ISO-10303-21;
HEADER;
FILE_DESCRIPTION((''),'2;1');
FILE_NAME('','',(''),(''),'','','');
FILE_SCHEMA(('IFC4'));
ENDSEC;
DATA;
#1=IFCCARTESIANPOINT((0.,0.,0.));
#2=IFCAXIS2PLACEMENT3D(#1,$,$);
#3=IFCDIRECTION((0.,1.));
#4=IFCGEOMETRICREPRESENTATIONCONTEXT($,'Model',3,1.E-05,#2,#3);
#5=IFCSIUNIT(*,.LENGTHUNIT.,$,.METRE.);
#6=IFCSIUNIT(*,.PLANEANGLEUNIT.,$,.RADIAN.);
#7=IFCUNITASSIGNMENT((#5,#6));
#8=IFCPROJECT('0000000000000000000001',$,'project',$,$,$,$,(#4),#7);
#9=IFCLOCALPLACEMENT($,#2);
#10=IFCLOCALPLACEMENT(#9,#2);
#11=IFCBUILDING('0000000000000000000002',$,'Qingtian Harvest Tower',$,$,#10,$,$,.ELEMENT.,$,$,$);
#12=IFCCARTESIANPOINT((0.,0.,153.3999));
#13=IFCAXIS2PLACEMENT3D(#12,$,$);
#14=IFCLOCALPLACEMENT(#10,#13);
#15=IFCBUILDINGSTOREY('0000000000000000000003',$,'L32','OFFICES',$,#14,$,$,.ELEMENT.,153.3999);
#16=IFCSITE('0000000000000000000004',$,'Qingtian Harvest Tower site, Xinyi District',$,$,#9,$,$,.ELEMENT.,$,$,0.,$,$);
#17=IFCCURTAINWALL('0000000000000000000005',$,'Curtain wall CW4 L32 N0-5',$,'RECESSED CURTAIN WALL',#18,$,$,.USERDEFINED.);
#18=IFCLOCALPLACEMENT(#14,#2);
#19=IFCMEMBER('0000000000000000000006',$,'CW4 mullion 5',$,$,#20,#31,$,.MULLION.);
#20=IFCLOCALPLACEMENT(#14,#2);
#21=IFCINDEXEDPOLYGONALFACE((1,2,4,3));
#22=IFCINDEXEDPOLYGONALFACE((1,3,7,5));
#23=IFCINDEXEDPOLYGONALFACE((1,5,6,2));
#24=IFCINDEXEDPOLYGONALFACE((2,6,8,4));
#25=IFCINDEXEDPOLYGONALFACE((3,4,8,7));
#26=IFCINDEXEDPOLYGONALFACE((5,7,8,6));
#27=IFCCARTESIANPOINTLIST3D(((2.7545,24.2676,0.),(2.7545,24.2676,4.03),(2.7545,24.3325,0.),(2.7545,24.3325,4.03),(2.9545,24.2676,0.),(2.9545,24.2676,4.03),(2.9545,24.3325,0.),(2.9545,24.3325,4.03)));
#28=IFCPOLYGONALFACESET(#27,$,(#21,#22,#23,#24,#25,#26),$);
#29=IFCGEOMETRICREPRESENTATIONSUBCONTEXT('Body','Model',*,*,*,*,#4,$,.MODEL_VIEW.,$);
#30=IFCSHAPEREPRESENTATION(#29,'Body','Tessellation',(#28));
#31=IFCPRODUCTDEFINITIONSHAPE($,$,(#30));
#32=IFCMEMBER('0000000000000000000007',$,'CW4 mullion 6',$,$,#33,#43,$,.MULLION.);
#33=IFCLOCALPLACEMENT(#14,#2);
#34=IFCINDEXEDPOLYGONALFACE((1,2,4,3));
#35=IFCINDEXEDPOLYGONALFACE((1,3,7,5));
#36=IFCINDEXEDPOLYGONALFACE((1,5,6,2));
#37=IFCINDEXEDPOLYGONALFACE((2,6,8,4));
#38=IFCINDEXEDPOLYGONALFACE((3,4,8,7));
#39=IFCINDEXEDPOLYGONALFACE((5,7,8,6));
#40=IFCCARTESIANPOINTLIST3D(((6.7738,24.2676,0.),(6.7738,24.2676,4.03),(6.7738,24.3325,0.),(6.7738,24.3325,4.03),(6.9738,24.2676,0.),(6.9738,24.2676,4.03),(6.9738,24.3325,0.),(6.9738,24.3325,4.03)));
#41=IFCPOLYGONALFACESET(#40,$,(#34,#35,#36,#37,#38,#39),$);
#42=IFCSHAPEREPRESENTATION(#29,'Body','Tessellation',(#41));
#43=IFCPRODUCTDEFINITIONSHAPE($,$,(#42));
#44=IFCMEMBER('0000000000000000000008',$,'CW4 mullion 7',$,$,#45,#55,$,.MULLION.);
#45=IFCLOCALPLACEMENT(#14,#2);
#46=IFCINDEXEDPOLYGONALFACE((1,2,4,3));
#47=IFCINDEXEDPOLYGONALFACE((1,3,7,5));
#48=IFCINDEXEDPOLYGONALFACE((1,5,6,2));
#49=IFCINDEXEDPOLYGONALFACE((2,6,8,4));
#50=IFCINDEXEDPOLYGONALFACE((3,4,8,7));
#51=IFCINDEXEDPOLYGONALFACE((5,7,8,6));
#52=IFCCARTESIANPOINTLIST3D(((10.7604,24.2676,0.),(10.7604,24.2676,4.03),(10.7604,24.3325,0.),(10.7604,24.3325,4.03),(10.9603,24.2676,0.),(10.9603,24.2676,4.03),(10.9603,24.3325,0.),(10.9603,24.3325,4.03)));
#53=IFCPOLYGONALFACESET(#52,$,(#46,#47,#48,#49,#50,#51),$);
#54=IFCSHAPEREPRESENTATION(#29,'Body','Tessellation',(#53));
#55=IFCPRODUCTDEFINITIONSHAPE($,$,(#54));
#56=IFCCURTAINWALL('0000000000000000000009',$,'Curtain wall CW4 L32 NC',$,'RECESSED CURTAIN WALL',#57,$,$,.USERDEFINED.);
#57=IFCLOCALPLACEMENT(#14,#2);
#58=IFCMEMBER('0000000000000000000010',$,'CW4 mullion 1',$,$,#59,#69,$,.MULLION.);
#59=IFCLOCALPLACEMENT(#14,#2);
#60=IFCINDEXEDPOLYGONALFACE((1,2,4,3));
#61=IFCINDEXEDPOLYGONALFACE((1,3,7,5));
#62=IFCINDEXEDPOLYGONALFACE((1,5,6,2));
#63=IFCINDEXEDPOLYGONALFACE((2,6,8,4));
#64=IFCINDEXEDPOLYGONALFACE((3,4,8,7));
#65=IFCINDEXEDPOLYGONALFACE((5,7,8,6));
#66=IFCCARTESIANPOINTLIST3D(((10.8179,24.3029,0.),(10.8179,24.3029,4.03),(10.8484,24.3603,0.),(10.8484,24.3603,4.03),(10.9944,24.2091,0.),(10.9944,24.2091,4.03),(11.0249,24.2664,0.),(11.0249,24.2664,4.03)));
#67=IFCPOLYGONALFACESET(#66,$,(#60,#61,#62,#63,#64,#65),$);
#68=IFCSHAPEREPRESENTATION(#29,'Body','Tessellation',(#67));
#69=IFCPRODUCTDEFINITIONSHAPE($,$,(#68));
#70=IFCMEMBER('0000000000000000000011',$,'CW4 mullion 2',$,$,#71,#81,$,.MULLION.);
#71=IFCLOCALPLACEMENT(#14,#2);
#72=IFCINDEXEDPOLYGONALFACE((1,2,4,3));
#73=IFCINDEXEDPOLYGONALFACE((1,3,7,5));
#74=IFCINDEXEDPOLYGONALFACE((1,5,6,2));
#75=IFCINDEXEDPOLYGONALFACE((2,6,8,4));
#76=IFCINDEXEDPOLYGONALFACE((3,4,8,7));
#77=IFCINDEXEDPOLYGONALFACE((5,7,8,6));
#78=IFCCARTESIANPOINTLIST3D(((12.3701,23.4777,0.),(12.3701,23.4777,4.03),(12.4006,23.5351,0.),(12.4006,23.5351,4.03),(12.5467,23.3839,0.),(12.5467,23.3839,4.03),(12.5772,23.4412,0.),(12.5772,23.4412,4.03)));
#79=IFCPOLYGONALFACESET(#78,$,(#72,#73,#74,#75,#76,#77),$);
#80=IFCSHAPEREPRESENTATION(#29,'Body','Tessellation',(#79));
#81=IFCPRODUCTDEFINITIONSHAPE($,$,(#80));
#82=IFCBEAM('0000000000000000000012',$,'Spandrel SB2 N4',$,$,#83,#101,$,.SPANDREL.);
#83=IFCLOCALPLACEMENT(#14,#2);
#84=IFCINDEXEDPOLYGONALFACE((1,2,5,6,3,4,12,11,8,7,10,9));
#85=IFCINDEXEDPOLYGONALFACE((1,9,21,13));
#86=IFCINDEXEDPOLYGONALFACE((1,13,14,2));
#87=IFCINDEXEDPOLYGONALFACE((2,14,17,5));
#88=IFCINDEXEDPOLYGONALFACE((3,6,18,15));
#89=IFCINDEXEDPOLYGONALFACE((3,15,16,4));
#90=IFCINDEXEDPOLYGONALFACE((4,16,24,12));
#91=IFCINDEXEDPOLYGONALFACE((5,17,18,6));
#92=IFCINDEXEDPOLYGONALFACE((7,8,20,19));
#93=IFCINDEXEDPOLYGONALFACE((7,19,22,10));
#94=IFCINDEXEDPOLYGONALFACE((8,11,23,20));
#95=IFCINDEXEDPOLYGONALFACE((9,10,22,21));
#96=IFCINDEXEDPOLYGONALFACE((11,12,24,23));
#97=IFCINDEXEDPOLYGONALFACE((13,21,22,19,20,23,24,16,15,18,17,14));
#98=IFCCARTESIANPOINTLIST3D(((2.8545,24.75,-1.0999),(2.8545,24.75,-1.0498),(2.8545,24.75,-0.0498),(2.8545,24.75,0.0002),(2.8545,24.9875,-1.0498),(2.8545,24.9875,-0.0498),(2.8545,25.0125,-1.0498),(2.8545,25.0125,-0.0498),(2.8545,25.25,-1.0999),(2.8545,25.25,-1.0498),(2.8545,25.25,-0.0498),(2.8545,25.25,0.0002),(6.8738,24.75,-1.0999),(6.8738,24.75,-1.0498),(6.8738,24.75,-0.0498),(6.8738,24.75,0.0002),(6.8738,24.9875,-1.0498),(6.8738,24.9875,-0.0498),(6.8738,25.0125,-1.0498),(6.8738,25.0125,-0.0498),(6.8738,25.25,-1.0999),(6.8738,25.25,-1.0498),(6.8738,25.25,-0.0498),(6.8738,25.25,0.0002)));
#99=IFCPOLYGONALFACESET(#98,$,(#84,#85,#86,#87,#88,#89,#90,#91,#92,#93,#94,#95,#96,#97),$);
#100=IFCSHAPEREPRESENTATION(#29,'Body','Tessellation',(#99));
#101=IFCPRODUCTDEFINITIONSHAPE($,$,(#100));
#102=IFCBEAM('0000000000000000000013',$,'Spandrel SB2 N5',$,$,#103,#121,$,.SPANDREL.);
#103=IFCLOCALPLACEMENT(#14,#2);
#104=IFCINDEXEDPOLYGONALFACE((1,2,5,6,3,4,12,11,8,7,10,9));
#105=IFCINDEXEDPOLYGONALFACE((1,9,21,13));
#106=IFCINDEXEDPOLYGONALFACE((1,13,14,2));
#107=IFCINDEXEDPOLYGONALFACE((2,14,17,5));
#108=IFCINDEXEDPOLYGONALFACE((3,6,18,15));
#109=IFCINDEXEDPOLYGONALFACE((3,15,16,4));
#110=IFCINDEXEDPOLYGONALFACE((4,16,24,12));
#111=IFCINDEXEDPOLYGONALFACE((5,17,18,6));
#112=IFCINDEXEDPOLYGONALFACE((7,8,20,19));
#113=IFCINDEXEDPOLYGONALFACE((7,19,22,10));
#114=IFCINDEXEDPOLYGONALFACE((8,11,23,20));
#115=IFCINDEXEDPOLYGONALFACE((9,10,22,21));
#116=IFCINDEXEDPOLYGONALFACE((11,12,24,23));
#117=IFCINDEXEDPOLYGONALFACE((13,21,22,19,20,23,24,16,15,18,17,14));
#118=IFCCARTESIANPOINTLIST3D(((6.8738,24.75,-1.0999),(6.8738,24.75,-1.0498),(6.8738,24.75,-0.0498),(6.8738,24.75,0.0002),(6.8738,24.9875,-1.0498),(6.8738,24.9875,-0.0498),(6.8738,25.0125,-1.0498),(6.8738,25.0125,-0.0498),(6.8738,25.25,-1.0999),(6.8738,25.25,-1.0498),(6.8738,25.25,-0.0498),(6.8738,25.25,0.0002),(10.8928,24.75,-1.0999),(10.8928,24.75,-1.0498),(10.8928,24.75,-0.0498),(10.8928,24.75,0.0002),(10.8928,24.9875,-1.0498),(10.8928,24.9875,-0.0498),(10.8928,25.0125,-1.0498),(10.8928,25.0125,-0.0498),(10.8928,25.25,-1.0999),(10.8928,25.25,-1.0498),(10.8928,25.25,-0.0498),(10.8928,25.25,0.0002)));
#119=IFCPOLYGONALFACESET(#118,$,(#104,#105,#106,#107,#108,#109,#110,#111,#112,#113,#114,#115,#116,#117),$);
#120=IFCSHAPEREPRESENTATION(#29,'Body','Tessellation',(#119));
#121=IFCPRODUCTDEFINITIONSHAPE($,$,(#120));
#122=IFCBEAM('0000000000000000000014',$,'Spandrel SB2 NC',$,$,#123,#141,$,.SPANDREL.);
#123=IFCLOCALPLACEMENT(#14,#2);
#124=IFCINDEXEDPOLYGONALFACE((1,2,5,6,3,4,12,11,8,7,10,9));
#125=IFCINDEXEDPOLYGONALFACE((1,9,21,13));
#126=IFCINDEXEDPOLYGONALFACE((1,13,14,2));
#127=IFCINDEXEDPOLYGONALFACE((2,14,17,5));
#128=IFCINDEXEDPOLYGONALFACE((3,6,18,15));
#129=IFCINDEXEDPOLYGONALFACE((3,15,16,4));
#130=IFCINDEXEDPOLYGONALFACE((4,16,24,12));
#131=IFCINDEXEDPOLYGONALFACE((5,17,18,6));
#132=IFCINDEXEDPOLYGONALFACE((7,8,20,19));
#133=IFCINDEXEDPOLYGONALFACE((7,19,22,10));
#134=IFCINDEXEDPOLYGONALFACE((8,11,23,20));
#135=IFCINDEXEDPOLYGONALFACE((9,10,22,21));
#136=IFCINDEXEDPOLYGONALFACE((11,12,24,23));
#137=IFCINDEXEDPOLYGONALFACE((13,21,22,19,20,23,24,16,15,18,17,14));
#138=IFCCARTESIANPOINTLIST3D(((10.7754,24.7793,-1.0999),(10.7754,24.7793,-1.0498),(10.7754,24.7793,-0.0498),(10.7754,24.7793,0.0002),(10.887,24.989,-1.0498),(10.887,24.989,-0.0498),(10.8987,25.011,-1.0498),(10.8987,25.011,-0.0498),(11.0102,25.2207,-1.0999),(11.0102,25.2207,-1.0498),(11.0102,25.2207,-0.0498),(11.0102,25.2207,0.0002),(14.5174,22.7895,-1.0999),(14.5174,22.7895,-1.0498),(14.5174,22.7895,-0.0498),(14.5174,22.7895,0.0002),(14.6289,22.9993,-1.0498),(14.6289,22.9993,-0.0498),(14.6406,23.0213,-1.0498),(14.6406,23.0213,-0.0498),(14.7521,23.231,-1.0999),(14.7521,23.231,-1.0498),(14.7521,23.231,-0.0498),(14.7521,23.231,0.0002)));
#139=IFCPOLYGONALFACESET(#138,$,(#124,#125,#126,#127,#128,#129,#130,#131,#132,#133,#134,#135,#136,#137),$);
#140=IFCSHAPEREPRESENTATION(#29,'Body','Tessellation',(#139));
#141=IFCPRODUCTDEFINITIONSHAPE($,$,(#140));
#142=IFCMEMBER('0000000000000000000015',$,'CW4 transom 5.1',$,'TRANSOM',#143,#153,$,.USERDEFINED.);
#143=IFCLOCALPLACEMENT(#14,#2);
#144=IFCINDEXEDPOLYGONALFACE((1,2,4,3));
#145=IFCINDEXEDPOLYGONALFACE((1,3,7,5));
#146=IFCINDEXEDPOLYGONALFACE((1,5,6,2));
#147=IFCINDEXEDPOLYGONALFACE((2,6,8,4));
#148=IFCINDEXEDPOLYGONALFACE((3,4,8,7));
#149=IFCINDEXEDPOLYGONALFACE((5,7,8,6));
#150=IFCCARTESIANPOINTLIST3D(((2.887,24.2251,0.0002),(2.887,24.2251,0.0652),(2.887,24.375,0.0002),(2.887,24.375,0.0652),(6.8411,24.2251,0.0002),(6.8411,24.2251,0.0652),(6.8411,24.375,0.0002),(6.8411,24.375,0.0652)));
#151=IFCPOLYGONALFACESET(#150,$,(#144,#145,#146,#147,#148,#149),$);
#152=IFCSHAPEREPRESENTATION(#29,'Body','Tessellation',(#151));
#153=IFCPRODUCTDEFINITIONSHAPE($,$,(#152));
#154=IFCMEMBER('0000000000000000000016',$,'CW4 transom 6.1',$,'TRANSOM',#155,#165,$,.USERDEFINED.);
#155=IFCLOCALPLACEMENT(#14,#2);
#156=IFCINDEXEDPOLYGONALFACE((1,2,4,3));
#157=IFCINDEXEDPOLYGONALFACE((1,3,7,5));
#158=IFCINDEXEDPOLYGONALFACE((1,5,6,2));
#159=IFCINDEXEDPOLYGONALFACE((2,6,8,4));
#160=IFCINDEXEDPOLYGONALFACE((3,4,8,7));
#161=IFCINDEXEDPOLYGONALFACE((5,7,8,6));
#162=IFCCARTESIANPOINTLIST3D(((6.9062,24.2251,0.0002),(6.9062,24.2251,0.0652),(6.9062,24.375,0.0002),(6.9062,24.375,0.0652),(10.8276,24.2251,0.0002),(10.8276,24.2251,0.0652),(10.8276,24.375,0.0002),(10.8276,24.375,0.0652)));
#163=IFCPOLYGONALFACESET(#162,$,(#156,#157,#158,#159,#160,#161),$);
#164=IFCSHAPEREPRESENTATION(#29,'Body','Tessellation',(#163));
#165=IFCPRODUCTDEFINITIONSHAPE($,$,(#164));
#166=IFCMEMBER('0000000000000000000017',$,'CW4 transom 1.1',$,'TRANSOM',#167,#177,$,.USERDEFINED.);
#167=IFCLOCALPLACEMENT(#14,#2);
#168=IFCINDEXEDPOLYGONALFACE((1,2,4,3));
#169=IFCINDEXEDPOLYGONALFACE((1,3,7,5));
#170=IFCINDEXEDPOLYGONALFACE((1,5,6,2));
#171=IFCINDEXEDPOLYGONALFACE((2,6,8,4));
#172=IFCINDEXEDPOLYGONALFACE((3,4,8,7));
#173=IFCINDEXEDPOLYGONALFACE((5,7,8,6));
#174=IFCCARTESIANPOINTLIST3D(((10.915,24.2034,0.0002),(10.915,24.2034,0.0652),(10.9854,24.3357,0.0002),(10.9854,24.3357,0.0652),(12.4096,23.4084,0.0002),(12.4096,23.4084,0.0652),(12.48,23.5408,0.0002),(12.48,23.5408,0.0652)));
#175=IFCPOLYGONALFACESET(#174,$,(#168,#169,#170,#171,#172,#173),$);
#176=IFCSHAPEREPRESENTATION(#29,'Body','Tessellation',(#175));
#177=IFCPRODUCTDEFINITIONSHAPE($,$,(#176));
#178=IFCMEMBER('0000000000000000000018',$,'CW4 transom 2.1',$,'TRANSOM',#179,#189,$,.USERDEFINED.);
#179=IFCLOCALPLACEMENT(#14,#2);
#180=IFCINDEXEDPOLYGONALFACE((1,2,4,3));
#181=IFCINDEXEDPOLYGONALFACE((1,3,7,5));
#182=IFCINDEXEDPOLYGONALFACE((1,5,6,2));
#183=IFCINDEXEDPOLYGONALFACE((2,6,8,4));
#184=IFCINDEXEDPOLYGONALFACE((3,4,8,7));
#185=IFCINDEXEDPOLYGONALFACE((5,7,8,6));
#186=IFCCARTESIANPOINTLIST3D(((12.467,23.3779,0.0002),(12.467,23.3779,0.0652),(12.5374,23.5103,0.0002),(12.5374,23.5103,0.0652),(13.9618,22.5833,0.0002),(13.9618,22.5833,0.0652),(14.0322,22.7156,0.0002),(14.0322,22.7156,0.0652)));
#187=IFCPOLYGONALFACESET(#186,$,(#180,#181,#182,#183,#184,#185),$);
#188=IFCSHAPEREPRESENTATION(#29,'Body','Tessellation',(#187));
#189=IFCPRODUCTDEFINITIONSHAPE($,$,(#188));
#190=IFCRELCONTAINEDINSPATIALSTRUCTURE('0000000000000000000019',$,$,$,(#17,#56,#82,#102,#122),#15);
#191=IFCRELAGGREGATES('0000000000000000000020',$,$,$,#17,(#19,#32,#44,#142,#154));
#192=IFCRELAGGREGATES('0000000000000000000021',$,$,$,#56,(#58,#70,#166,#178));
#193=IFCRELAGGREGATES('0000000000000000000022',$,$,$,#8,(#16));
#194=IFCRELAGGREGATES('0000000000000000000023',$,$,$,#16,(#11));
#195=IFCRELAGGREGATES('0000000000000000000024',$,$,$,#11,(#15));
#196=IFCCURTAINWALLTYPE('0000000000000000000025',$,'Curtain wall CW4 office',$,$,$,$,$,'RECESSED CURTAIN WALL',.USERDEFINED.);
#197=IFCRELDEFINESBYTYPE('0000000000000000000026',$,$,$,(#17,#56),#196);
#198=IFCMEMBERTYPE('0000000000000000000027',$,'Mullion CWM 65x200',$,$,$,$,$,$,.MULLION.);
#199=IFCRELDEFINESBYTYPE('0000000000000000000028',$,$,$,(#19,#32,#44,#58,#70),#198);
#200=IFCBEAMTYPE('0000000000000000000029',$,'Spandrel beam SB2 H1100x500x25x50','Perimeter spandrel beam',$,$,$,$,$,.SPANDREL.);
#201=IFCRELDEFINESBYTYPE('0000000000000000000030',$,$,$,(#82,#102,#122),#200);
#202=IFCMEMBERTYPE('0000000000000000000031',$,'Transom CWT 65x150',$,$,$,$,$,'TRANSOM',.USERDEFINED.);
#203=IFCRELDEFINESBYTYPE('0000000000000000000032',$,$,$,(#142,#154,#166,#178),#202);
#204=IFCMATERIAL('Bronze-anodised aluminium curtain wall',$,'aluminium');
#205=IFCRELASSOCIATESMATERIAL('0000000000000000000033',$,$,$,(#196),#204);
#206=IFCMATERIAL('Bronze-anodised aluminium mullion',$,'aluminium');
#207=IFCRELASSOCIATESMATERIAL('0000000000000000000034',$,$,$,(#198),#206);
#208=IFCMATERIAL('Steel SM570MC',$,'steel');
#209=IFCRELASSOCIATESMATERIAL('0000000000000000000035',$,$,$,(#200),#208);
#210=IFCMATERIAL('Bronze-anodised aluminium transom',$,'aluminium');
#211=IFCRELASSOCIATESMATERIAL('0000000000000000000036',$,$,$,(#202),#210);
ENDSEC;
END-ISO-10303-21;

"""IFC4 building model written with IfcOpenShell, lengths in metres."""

from ifc_helpers import new_model, si_unit, direction, frame, origin, origin_2d, place, context, subcontext, project, spatial, rectangle, i_section, extrude, material, material_profile, profile_set, type_object, element, aggregate, save


model = new_model("IFC4")

# Units and contexts
model_context = context("Model", 3, precision=1e-05, world=origin(), true_north=direction((0.0, 1.0)))
body_context = subcontext(model_context, "Body", "Model", "MODEL_VIEW")
ifc_project = project(units=[si_unit("LENGTHUNIT", "METRE"), si_unit("PLANEANGLEUNIT", "RADIAN")], contexts=[model_context])

# Site, building, storey
site_placement = place(None, origin())
site = spatial("IfcSite", under=ifc_project, at=site_placement, Name="Qingtian Harvest Tower site, Xinyi District", CompositionType="ELEMENT", RefElevation=0.0)
building_placement = place(site_placement, origin())
building = spatial("IfcBuilding", under=site, at=building_placement, Name="Qingtian Harvest Tower", CompositionType="ELEMENT")
storey_placement = place(building_placement, frame((0.0, 0.0, 153.3999)))
storey = spatial("IfcBuildingStorey", under=building, at=storey_placement, Name="L32", Description="OFFICES", CompositionType="ELEMENT", Elevation=153.3999)

# Curtain walls, members
ifc_material_1 = material(Name="Bronze-anodised aluminium curtain wall", Category="aluminium")
curtain_wall_type = type_object("IfcCurtainWallType", Name="Curtain wall CW4 office", ElementType="RECESSED CURTAIN WALL", PredefinedType="USERDEFINED", material=ifc_material_1)
curtain_wall_1_placement = place(storey_placement, origin())
curtain_wall_1 = element("IfcCurtainWall", 1, at=curtain_wall_1_placement, inside=storey, type_object=curtain_wall_type, Name="Curtain wall CW4 L32 N0-5", ObjectType="RECESSED CURTAIN WALL", PredefinedType="USERDEFINED")
ifc_material_2 = material(Name="Bronze-anodised aluminium mullion", Category="aluminium")
ifc_material_profile_1 = material_profile(ifc_material_2, rectangle(XDim=0.0649, YDim=0.2, at=origin_2d()), Name="AL 65x200")
ifc_profile_set_1 = profile_set([ifc_material_profile_1], Name="Bronze-anodised aluminium mullion")
member_type_1 = type_object("IfcMemberType", Name="Mullion CWM 65x200", PredefinedType="MULLION", material=ifc_profile_set_1)
member_1_placement = place(storey_placement, frame((2.8545, 24.3, 0.0), z_axis=(0.0, 0.0, 1.0), x_axis=(0.0, 1.0, 0.0)))
member_1 = element("IfcMember", 2, at=member_1_placement, type_object=member_type_1, Name="CW4 mullion 5", PredefinedType="MULLION", context=body_context, shape_type="SweptSolid", body=[
    extrude(rectangle(XDim=0.0649, YDim=0.2, at=origin_2d()), origin(), (0.0, 0.0, 1.0), 4.03),
])
member_2_placement = place(storey_placement, frame((6.8738, 24.3, 0.0), z_axis=(0.0, 0.0, 1.0), x_axis=(0.0, 1.0, 0.0)))
member_2 = element("IfcMember", 3, at=member_2_placement, type_object=member_type_1, Name="CW4 mullion 6", PredefinedType="MULLION", context=body_context, shape_type="SweptSolid", body=[
    extrude(rectangle(XDim=0.0649, YDim=0.2, at=origin_2d()), origin(), (0.0, 0.0, 1.0), 4.03),
])
member_3_placement = place(storey_placement, frame((10.8604, 24.3, 0.0), z_axis=(0.0, 0.0, 1.0), x_axis=(0.0, 1.0, 0.0)))
member_3 = element("IfcMember", 4, at=member_3_placement, type_object=member_type_1, Name="CW4 mullion 7", PredefinedType="MULLION", context=body_context, shape_type="SweptSolid", body=[
    extrude(rectangle(XDim=0.0649, YDim=0.2, at=origin_2d()), origin(), (0.0, 0.0, 1.0), 4.03),
])
curtain_wall_2_placement = place(storey_placement, origin())
curtain_wall_2 = element("IfcCurtainWall", 5, at=curtain_wall_2_placement, inside=storey, type_object=curtain_wall_type, Name="Curtain wall CW4 L32 NC", ObjectType="RECESSED CURTAIN WALL", PredefinedType="USERDEFINED")
member_4_placement = place(storey_placement, frame((10.9214, 24.2847, 0.0), z_axis=(0.0, 0.0, 1.0), x_axis=(0.469472, 0.882948, 0.0)))
member_4 = element("IfcMember", 6, at=member_4_placement, type_object=member_type_1, Name="CW4 mullion 1", PredefinedType="MULLION", context=body_context, shape_type="SweptSolid", body=[
    extrude(rectangle(XDim=0.0649, YDim=0.2, at=origin_2d()), origin(), (0.0, 0.0, 1.0), 4.03),
])
member_5_placement = place(storey_placement, frame((12.4736, 23.4595, 0.0), z_axis=(0.0, 0.0, 1.0), x_axis=(0.469472, 0.882948, 0.0)))
member_5 = element("IfcMember", 7, at=member_5_placement, type_object=member_type_1, Name="CW4 mullion 2", PredefinedType="MULLION", context=body_context, shape_type="SweptSolid", body=[
    extrude(rectangle(XDim=0.0649, YDim=0.2, at=origin_2d()), origin(), (0.0, 0.0, 1.0), 4.03),
])

# Beams
ifc_material_3 = material(Name="Steel SM570MC", Category="steel")
ifc_material_profile_2 = material_profile(ifc_material_3, i_section(OverallWidth=0.5, OverallDepth=1.1001, WebThickness=0.0249, FlangeThickness=0.05, at=origin_2d()), Name="H1100x500x25x50")
ifc_profile_set_2 = profile_set([ifc_material_profile_2], Name="Steel SM570MC")
beam_type_1 = type_object("IfcBeamType", Name="Spandrel beam SB2 H1100x500x25x50", Description="Perimeter spandrel beam", PredefinedType="SPANDREL", material=ifc_profile_set_2)
beam_1_placement = place(storey_placement, frame((2.8545, 25.0, -0.5498), z_axis=(1.0, 0.0, 0.0), x_axis=(0.0, 1.0, 0.0)))
element("IfcBeam", 8, at=beam_1_placement, inside=storey, type_object=beam_type_1, Name="Spandrel SB2 N4", PredefinedType="SPANDREL", context=body_context, shape_type="SweptSolid", body=[
    extrude(i_section(OverallWidth=0.5, OverallDepth=1.1001, WebThickness=0.0249, FlangeThickness=0.05, at=origin_2d()), origin(), (0.0, 0.0, 1.0), 4.0193),
])
beam_2_placement = place(storey_placement, frame((6.8738, 25.0, -0.5498), z_axis=(1.0, 0.0, 0.0), x_axis=(0.0, 1.0, 0.0)))
element("IfcBeam", 9, at=beam_2_placement, inside=storey, type_object=beam_type_1, Name="Spandrel SB2 N5", PredefinedType="SPANDREL", context=body_context, shape_type="SweptSolid", body=[
    extrude(i_section(OverallWidth=0.5, OverallDepth=1.1001, WebThickness=0.0249, FlangeThickness=0.05, at=origin_2d()), origin(), (0.0, 0.0, 1.0), 4.019),
])
beam_3_placement = place(storey_placement, frame((10.8928, 25.0, -0.5498), z_axis=(0.882936, -0.469494, 0.0), x_axis=(0.469494, 0.882936, 0.0)))
element("IfcBeam", 10, at=beam_3_placement, inside=storey, type_object=beam_type_1, Name="Spandrel SB2 NC", PredefinedType="SPANDREL", context=body_context, shape_type="SweptSolid", body=[
    extrude(i_section(OverallWidth=0.5, OverallDepth=1.1001, WebThickness=0.0249, FlangeThickness=0.05, at=origin_2d()), origin(), (0.0, 0.0, 1.0), 4.238),
])

# Members
ifc_material_4 = material(Name="Bronze-anodised aluminium transom", Category="aluminium")
ifc_material_profile_3 = material_profile(ifc_material_4, rectangle(XDim=0.1499, YDim=0.0649, at=origin_2d()), Name="AL 65x150")
ifc_profile_set_3 = profile_set([ifc_material_profile_3], Name="Bronze-anodised aluminium transom")
member_type_2 = type_object("IfcMemberType", Name="Transom CWT 65x150", ElementType="TRANSOM", PredefinedType="USERDEFINED", material=ifc_profile_set_3)
member_6_placement = place(storey_placement, frame((2.887, 24.3, 0.0327), z_axis=(1.0, 0.0, 0.0), x_axis=(0.0, 1.0, 0.0)))
member_6 = element("IfcMember", 11, at=member_6_placement, type_object=member_type_2, Name="CW4 transom 5.1", ObjectType="TRANSOM", PredefinedType="USERDEFINED", context=body_context, shape_type="SweptSolid", body=[
    extrude(rectangle(XDim=0.1499, YDim=0.0649, at=origin_2d()), origin(), (0.0, 0.0, 1.0), 3.9541),
])
member_7_placement = place(storey_placement, frame((6.9062, 24.3, 0.0327), z_axis=(1.0, 0.0, 0.0), x_axis=(0.0, 1.0, 0.0)))
member_7 = element("IfcMember", 12, at=member_7_placement, type_object=member_type_2, Name="CW4 transom 6.1", ObjectType="TRANSOM", PredefinedType="USERDEFINED", context=body_context, shape_type="SweptSolid", body=[
    extrude(rectangle(XDim=0.1499, YDim=0.0649, at=origin_2d()), origin(), (0.0, 0.0, 1.0), 3.9214),
])
member_8_placement = place(storey_placement, frame((10.9502, 24.2695, 0.0327), z_axis=(0.882895, -0.46957, 0.0), x_axis=(0.46957, 0.882895, 0.0)))
member_8 = element("IfcMember", 13, at=member_8_placement, type_object=member_type_2, Name="CW4 transom 1.1", ObjectType="TRANSOM", PredefinedType="USERDEFINED", context=body_context, shape_type="SweptSolid", body=[
    extrude(rectangle(XDim=0.1499, YDim=0.0649, at=origin_2d()), origin(), (0.0, 0.0, 1.0), 1.6929),
])
member_9_placement = place(storey_placement, frame((12.5022, 23.4441, 0.0327), z_axis=(0.882987, -0.469398, 0.0), x_axis=(0.469398, 0.882987, 0.0)))
member_9 = element("IfcMember", 14, at=member_9_placement, type_object=member_type_2, Name="CW4 transom 2.1", ObjectType="TRANSOM", PredefinedType="USERDEFINED", context=body_context, shape_type="SweptSolid", body=[
    extrude(rectangle(XDim=0.1499, YDim=0.0649, at=origin_2d()), origin(), (0.0, 0.0, 1.0), 1.6929),
])

aggregate(curtain_wall_1, [member_1, member_2, member_3, member_6, member_7])
aggregate(curtain_wall_2, [member_4, member_5, member_8, member_9])

save(model, "model.ifc")
